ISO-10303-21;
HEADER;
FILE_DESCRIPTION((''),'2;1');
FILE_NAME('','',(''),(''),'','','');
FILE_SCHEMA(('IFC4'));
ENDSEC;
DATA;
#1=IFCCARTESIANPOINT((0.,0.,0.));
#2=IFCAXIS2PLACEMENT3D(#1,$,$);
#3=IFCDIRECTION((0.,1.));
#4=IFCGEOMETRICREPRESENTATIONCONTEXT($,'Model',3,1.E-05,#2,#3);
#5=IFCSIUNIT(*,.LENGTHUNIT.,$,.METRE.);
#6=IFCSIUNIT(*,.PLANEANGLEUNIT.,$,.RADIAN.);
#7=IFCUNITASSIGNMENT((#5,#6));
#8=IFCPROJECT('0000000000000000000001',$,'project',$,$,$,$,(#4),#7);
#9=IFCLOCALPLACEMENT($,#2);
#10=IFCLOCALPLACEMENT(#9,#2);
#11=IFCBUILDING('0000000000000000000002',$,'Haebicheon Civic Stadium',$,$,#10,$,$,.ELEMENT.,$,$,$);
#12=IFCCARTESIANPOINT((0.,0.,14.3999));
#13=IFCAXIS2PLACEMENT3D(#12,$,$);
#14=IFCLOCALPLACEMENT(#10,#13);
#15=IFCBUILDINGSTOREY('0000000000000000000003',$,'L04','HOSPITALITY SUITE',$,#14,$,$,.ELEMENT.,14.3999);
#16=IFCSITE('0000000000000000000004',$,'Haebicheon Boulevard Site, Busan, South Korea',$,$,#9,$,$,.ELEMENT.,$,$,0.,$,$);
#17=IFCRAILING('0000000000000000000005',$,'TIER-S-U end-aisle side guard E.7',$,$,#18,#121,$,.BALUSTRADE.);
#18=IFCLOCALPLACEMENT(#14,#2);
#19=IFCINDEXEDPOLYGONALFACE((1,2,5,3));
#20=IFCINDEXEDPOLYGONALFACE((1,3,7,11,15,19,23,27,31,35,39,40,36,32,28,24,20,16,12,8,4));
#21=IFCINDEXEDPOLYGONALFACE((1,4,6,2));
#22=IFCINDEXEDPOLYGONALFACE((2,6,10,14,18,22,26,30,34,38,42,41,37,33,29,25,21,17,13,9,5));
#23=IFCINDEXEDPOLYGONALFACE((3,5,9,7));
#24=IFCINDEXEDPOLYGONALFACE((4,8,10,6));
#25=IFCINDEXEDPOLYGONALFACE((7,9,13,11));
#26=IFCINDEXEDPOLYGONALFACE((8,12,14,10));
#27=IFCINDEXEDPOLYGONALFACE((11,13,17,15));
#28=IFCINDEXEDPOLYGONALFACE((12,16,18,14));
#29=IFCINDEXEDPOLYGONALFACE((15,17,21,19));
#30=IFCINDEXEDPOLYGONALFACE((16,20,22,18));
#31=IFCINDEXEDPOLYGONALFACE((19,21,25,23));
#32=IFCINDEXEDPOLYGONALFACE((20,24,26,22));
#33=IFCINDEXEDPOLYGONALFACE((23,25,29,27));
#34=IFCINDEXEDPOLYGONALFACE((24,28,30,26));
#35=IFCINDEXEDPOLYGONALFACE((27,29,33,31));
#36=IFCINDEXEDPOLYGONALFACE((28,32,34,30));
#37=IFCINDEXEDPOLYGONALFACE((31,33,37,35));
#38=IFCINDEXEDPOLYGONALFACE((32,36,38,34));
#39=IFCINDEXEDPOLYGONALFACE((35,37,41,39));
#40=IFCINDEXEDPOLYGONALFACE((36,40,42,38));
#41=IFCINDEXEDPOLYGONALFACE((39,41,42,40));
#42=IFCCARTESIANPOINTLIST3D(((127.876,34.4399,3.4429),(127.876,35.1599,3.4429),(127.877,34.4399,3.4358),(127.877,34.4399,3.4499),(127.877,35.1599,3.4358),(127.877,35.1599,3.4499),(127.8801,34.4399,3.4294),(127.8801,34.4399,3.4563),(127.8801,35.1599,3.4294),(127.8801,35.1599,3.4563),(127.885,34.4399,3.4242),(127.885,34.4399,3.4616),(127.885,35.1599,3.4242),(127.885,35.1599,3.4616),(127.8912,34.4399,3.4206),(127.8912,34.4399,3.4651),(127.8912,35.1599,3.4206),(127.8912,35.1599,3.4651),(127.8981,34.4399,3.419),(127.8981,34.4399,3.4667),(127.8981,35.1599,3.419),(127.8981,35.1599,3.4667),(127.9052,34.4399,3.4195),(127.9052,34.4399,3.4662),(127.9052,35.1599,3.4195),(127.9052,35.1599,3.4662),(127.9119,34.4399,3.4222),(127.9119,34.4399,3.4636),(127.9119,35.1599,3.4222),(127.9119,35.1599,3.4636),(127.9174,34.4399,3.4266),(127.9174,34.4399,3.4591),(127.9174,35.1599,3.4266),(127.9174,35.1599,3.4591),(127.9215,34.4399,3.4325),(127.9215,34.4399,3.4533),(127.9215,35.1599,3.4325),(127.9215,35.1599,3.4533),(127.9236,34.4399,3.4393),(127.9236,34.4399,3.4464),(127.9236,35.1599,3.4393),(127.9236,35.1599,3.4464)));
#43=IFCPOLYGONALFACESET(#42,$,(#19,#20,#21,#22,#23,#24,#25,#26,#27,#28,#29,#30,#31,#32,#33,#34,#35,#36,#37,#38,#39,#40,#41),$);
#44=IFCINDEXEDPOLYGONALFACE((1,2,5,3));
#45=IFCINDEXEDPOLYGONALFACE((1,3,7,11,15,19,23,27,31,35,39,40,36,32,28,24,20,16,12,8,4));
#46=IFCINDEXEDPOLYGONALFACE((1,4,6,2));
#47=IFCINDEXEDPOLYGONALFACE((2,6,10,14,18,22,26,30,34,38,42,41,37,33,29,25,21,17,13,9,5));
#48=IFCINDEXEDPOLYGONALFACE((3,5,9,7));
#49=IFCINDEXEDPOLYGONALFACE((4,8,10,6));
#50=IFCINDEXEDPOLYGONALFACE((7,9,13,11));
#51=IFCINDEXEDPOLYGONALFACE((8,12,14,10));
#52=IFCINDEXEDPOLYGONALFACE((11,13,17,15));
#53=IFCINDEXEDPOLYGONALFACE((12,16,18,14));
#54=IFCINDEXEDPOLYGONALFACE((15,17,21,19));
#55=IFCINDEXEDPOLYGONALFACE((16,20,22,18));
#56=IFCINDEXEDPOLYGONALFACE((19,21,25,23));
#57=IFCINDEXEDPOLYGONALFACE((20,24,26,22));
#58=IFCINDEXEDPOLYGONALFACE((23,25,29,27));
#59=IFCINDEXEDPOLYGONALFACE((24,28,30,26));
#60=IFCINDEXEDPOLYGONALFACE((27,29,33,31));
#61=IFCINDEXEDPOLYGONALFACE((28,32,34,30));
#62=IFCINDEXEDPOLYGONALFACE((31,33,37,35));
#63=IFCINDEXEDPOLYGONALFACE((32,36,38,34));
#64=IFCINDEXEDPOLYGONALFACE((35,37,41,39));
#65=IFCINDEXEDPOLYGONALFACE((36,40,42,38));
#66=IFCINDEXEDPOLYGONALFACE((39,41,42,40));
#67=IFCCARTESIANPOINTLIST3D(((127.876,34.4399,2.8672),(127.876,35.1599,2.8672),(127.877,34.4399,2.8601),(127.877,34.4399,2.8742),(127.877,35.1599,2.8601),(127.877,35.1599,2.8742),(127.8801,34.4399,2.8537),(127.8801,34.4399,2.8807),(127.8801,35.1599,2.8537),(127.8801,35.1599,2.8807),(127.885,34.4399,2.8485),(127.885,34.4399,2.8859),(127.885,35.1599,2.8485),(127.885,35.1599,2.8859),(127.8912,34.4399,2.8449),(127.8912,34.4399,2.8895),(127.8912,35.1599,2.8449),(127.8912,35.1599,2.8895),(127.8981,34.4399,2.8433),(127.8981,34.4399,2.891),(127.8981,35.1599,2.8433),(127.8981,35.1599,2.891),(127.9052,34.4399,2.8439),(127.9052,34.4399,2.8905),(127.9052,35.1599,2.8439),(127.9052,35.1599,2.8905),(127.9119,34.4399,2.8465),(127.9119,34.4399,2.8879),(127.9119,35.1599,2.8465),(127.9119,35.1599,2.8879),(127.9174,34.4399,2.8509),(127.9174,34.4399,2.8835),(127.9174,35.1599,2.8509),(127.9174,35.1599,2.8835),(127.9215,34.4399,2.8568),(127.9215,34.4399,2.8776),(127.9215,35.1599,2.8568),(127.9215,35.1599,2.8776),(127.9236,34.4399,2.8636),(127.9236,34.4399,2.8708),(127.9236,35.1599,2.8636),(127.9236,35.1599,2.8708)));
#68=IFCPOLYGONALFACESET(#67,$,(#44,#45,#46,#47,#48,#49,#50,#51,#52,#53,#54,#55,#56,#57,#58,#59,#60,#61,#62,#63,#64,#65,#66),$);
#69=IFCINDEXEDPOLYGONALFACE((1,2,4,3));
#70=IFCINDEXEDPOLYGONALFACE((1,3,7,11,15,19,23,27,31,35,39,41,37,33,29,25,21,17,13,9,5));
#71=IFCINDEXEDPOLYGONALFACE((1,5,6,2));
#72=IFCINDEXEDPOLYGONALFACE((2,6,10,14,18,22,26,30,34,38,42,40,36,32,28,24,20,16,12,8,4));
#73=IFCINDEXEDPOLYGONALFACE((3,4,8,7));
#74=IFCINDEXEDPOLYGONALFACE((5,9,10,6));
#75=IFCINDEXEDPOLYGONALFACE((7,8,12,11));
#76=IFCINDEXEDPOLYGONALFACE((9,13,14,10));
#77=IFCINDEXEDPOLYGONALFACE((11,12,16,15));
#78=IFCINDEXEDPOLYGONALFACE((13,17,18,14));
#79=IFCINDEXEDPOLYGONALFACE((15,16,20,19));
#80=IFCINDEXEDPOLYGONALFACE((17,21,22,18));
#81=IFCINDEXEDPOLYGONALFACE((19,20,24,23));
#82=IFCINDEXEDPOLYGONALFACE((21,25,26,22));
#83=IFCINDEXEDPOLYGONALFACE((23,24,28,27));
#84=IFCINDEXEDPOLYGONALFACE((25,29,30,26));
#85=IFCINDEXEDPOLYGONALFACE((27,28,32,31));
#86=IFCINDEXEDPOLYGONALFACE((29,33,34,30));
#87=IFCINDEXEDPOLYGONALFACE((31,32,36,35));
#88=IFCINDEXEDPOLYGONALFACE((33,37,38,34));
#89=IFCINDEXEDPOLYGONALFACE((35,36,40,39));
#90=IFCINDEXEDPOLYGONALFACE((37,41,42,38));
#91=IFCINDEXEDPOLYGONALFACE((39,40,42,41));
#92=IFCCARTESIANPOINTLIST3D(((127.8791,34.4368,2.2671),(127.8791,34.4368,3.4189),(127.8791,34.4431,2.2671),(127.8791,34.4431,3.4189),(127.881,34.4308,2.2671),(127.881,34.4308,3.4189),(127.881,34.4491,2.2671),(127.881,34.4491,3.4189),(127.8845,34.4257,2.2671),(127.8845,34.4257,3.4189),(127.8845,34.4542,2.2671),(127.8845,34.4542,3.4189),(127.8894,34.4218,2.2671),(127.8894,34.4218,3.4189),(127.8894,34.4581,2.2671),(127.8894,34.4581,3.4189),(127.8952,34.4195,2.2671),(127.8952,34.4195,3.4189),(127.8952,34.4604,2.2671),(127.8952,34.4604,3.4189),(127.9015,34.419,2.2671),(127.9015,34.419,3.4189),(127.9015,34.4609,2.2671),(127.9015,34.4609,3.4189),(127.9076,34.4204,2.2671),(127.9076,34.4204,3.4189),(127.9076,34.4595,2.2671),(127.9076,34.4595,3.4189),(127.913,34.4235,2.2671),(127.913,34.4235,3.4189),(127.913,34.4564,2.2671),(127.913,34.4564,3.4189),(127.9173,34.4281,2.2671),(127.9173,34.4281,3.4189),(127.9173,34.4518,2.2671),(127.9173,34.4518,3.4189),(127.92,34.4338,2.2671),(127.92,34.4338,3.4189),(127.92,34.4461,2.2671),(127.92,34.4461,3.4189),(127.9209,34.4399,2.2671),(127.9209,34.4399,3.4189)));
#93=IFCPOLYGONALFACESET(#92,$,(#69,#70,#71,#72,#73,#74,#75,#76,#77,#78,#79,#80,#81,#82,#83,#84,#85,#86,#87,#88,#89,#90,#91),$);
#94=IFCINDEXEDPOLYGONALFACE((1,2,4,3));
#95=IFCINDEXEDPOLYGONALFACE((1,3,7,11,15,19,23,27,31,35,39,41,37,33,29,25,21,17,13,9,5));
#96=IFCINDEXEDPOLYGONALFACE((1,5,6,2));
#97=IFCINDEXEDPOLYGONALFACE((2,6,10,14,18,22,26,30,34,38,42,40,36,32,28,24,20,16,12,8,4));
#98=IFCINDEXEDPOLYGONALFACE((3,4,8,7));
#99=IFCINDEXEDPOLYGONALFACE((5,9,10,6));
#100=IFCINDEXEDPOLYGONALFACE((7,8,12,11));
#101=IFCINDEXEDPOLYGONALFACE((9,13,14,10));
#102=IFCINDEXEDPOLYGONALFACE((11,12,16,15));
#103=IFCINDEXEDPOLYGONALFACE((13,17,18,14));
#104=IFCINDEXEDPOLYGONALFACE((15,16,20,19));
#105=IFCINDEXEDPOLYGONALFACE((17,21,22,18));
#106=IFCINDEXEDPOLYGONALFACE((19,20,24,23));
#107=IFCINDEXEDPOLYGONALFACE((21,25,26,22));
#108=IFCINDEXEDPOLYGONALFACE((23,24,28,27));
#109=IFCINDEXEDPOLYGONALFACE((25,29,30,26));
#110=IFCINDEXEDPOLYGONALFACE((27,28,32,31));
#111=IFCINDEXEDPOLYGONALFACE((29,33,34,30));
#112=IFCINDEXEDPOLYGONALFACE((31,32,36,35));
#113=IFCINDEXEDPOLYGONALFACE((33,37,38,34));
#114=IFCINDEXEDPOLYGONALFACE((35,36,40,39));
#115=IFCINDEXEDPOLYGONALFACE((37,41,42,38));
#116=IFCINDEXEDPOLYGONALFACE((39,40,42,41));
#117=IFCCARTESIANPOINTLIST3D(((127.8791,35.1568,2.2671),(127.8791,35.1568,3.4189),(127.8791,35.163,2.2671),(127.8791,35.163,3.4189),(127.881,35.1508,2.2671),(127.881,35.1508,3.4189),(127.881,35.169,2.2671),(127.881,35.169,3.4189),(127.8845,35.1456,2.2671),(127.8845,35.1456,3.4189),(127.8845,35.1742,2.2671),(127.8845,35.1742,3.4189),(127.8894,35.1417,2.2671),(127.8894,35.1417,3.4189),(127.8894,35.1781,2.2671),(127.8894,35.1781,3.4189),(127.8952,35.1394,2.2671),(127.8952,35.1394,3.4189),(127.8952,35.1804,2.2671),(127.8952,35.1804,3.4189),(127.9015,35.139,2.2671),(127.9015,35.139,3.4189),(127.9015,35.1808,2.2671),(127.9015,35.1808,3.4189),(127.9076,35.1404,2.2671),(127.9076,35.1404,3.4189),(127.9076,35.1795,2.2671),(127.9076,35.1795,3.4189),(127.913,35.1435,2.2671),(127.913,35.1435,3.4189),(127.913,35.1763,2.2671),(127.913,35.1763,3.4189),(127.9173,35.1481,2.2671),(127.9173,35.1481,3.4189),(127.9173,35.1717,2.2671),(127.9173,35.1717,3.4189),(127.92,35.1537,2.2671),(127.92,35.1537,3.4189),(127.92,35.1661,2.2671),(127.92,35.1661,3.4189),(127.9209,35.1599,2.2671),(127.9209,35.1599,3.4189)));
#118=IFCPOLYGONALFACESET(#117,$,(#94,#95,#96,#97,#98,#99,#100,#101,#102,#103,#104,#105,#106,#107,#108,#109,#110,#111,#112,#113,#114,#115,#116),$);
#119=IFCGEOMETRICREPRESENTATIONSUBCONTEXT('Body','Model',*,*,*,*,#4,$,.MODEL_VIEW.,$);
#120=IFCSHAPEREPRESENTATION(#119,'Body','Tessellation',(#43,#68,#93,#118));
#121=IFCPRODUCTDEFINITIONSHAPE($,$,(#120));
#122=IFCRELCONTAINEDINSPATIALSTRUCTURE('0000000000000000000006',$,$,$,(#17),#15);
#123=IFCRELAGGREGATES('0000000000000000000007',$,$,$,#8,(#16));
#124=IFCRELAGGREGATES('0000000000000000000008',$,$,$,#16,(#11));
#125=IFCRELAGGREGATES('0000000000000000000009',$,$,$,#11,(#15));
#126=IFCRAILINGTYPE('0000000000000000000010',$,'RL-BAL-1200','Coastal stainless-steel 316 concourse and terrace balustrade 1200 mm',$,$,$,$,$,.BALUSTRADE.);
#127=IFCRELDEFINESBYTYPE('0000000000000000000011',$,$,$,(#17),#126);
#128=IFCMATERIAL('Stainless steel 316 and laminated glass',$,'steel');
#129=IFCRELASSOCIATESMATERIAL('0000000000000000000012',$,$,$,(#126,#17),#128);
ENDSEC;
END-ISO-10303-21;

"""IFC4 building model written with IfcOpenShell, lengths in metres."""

from ifc_helpers import new_model, si_unit, direction, frame, origin, origin_2d, place, context, subcontext, project, spatial, circle, extrude, material, type_object, element, save


model = new_model("IFC4")

# Units and contexts
model_context = context("Model", 3, precision=1e-05, world=origin(), true_north=direction((0.0, 1.0)))
body_context = subcontext(model_context, "Body", "Model", "MODEL_VIEW")
ifc_project = project(units=[si_unit("LENGTHUNIT", "METRE"), si_unit("PLANEANGLEUNIT", "RADIAN")], contexts=[model_context])

# Site, building, storey
site_placement = place(None, origin())
site = spatial("IfcSite", under=ifc_project, at=site_placement, Name="Haebicheon Boulevard Site, Busan, South Korea", CompositionType="ELEMENT", RefElevation=0.0)
building_placement = place(site_placement, origin())
building = spatial("IfcBuilding", under=site, at=building_placement, Name="Haebicheon Civic Stadium", CompositionType="ELEMENT")
storey_placement = place(building_placement, frame((0.0, 0.0, 14.3999)))
storey = spatial("IfcBuildingStorey", under=building, at=storey_placement, Name="L04", Description="HOSPITALITY SUITE", CompositionType="ELEMENT", Elevation=14.3999)

# Railing
ifc_material_1 = material(Name="Stainless steel 316 and laminated glass", Category="steel")
railing_type = type_object("IfcRailingType", Name="RL-BAL-1200", Description="Coastal stainless-steel 316 concourse and terrace balustrade 1200 mm", PredefinedType="BALUSTRADE", material=ifc_material_1)
for number, where, name in (
    (1, (127.8999, 34.4399, 2.2671), "TIER-S-U end-aisle side guard E.7"),
):
    element("IfcRailing", number, at=place(storey_placement, frame(where)), inside=storey, type_object=railing_type, material=ifc_material_1, Name=name, PredefinedType="BALUSTRADE", context=body_context, shape_type="SweptSolid", body=[
        extrude(circle(Radius=0.0239, at=origin_2d()), frame((0.0, 0.0, 1.1758), z_axis=(0.0, 1.0, 0.0), x_axis=(-1.0, 0.0, 0.0)), (0.0, 0.0, 1.0), 0.72),
        extrude(circle(Radius=0.0239, at=origin_2d()), frame((0.0, 0.0, 0.6001), z_axis=(0.0, 1.0, 0.0), x_axis=(-1.0, 0.0, 0.0)), (0.0, 0.0, 1.0), 0.72),
        extrude(circle(Radius=0.021, at=origin_2d()), origin(), (0.0, 0.0, 1.0), 1.1519),
        extrude(circle(Radius=0.021, at=origin_2d()), frame((0.0, 0.72, 0.0)), (0.0, 0.0, 1.0), 1.1519),
    ])

save(model, "model.ifc")
